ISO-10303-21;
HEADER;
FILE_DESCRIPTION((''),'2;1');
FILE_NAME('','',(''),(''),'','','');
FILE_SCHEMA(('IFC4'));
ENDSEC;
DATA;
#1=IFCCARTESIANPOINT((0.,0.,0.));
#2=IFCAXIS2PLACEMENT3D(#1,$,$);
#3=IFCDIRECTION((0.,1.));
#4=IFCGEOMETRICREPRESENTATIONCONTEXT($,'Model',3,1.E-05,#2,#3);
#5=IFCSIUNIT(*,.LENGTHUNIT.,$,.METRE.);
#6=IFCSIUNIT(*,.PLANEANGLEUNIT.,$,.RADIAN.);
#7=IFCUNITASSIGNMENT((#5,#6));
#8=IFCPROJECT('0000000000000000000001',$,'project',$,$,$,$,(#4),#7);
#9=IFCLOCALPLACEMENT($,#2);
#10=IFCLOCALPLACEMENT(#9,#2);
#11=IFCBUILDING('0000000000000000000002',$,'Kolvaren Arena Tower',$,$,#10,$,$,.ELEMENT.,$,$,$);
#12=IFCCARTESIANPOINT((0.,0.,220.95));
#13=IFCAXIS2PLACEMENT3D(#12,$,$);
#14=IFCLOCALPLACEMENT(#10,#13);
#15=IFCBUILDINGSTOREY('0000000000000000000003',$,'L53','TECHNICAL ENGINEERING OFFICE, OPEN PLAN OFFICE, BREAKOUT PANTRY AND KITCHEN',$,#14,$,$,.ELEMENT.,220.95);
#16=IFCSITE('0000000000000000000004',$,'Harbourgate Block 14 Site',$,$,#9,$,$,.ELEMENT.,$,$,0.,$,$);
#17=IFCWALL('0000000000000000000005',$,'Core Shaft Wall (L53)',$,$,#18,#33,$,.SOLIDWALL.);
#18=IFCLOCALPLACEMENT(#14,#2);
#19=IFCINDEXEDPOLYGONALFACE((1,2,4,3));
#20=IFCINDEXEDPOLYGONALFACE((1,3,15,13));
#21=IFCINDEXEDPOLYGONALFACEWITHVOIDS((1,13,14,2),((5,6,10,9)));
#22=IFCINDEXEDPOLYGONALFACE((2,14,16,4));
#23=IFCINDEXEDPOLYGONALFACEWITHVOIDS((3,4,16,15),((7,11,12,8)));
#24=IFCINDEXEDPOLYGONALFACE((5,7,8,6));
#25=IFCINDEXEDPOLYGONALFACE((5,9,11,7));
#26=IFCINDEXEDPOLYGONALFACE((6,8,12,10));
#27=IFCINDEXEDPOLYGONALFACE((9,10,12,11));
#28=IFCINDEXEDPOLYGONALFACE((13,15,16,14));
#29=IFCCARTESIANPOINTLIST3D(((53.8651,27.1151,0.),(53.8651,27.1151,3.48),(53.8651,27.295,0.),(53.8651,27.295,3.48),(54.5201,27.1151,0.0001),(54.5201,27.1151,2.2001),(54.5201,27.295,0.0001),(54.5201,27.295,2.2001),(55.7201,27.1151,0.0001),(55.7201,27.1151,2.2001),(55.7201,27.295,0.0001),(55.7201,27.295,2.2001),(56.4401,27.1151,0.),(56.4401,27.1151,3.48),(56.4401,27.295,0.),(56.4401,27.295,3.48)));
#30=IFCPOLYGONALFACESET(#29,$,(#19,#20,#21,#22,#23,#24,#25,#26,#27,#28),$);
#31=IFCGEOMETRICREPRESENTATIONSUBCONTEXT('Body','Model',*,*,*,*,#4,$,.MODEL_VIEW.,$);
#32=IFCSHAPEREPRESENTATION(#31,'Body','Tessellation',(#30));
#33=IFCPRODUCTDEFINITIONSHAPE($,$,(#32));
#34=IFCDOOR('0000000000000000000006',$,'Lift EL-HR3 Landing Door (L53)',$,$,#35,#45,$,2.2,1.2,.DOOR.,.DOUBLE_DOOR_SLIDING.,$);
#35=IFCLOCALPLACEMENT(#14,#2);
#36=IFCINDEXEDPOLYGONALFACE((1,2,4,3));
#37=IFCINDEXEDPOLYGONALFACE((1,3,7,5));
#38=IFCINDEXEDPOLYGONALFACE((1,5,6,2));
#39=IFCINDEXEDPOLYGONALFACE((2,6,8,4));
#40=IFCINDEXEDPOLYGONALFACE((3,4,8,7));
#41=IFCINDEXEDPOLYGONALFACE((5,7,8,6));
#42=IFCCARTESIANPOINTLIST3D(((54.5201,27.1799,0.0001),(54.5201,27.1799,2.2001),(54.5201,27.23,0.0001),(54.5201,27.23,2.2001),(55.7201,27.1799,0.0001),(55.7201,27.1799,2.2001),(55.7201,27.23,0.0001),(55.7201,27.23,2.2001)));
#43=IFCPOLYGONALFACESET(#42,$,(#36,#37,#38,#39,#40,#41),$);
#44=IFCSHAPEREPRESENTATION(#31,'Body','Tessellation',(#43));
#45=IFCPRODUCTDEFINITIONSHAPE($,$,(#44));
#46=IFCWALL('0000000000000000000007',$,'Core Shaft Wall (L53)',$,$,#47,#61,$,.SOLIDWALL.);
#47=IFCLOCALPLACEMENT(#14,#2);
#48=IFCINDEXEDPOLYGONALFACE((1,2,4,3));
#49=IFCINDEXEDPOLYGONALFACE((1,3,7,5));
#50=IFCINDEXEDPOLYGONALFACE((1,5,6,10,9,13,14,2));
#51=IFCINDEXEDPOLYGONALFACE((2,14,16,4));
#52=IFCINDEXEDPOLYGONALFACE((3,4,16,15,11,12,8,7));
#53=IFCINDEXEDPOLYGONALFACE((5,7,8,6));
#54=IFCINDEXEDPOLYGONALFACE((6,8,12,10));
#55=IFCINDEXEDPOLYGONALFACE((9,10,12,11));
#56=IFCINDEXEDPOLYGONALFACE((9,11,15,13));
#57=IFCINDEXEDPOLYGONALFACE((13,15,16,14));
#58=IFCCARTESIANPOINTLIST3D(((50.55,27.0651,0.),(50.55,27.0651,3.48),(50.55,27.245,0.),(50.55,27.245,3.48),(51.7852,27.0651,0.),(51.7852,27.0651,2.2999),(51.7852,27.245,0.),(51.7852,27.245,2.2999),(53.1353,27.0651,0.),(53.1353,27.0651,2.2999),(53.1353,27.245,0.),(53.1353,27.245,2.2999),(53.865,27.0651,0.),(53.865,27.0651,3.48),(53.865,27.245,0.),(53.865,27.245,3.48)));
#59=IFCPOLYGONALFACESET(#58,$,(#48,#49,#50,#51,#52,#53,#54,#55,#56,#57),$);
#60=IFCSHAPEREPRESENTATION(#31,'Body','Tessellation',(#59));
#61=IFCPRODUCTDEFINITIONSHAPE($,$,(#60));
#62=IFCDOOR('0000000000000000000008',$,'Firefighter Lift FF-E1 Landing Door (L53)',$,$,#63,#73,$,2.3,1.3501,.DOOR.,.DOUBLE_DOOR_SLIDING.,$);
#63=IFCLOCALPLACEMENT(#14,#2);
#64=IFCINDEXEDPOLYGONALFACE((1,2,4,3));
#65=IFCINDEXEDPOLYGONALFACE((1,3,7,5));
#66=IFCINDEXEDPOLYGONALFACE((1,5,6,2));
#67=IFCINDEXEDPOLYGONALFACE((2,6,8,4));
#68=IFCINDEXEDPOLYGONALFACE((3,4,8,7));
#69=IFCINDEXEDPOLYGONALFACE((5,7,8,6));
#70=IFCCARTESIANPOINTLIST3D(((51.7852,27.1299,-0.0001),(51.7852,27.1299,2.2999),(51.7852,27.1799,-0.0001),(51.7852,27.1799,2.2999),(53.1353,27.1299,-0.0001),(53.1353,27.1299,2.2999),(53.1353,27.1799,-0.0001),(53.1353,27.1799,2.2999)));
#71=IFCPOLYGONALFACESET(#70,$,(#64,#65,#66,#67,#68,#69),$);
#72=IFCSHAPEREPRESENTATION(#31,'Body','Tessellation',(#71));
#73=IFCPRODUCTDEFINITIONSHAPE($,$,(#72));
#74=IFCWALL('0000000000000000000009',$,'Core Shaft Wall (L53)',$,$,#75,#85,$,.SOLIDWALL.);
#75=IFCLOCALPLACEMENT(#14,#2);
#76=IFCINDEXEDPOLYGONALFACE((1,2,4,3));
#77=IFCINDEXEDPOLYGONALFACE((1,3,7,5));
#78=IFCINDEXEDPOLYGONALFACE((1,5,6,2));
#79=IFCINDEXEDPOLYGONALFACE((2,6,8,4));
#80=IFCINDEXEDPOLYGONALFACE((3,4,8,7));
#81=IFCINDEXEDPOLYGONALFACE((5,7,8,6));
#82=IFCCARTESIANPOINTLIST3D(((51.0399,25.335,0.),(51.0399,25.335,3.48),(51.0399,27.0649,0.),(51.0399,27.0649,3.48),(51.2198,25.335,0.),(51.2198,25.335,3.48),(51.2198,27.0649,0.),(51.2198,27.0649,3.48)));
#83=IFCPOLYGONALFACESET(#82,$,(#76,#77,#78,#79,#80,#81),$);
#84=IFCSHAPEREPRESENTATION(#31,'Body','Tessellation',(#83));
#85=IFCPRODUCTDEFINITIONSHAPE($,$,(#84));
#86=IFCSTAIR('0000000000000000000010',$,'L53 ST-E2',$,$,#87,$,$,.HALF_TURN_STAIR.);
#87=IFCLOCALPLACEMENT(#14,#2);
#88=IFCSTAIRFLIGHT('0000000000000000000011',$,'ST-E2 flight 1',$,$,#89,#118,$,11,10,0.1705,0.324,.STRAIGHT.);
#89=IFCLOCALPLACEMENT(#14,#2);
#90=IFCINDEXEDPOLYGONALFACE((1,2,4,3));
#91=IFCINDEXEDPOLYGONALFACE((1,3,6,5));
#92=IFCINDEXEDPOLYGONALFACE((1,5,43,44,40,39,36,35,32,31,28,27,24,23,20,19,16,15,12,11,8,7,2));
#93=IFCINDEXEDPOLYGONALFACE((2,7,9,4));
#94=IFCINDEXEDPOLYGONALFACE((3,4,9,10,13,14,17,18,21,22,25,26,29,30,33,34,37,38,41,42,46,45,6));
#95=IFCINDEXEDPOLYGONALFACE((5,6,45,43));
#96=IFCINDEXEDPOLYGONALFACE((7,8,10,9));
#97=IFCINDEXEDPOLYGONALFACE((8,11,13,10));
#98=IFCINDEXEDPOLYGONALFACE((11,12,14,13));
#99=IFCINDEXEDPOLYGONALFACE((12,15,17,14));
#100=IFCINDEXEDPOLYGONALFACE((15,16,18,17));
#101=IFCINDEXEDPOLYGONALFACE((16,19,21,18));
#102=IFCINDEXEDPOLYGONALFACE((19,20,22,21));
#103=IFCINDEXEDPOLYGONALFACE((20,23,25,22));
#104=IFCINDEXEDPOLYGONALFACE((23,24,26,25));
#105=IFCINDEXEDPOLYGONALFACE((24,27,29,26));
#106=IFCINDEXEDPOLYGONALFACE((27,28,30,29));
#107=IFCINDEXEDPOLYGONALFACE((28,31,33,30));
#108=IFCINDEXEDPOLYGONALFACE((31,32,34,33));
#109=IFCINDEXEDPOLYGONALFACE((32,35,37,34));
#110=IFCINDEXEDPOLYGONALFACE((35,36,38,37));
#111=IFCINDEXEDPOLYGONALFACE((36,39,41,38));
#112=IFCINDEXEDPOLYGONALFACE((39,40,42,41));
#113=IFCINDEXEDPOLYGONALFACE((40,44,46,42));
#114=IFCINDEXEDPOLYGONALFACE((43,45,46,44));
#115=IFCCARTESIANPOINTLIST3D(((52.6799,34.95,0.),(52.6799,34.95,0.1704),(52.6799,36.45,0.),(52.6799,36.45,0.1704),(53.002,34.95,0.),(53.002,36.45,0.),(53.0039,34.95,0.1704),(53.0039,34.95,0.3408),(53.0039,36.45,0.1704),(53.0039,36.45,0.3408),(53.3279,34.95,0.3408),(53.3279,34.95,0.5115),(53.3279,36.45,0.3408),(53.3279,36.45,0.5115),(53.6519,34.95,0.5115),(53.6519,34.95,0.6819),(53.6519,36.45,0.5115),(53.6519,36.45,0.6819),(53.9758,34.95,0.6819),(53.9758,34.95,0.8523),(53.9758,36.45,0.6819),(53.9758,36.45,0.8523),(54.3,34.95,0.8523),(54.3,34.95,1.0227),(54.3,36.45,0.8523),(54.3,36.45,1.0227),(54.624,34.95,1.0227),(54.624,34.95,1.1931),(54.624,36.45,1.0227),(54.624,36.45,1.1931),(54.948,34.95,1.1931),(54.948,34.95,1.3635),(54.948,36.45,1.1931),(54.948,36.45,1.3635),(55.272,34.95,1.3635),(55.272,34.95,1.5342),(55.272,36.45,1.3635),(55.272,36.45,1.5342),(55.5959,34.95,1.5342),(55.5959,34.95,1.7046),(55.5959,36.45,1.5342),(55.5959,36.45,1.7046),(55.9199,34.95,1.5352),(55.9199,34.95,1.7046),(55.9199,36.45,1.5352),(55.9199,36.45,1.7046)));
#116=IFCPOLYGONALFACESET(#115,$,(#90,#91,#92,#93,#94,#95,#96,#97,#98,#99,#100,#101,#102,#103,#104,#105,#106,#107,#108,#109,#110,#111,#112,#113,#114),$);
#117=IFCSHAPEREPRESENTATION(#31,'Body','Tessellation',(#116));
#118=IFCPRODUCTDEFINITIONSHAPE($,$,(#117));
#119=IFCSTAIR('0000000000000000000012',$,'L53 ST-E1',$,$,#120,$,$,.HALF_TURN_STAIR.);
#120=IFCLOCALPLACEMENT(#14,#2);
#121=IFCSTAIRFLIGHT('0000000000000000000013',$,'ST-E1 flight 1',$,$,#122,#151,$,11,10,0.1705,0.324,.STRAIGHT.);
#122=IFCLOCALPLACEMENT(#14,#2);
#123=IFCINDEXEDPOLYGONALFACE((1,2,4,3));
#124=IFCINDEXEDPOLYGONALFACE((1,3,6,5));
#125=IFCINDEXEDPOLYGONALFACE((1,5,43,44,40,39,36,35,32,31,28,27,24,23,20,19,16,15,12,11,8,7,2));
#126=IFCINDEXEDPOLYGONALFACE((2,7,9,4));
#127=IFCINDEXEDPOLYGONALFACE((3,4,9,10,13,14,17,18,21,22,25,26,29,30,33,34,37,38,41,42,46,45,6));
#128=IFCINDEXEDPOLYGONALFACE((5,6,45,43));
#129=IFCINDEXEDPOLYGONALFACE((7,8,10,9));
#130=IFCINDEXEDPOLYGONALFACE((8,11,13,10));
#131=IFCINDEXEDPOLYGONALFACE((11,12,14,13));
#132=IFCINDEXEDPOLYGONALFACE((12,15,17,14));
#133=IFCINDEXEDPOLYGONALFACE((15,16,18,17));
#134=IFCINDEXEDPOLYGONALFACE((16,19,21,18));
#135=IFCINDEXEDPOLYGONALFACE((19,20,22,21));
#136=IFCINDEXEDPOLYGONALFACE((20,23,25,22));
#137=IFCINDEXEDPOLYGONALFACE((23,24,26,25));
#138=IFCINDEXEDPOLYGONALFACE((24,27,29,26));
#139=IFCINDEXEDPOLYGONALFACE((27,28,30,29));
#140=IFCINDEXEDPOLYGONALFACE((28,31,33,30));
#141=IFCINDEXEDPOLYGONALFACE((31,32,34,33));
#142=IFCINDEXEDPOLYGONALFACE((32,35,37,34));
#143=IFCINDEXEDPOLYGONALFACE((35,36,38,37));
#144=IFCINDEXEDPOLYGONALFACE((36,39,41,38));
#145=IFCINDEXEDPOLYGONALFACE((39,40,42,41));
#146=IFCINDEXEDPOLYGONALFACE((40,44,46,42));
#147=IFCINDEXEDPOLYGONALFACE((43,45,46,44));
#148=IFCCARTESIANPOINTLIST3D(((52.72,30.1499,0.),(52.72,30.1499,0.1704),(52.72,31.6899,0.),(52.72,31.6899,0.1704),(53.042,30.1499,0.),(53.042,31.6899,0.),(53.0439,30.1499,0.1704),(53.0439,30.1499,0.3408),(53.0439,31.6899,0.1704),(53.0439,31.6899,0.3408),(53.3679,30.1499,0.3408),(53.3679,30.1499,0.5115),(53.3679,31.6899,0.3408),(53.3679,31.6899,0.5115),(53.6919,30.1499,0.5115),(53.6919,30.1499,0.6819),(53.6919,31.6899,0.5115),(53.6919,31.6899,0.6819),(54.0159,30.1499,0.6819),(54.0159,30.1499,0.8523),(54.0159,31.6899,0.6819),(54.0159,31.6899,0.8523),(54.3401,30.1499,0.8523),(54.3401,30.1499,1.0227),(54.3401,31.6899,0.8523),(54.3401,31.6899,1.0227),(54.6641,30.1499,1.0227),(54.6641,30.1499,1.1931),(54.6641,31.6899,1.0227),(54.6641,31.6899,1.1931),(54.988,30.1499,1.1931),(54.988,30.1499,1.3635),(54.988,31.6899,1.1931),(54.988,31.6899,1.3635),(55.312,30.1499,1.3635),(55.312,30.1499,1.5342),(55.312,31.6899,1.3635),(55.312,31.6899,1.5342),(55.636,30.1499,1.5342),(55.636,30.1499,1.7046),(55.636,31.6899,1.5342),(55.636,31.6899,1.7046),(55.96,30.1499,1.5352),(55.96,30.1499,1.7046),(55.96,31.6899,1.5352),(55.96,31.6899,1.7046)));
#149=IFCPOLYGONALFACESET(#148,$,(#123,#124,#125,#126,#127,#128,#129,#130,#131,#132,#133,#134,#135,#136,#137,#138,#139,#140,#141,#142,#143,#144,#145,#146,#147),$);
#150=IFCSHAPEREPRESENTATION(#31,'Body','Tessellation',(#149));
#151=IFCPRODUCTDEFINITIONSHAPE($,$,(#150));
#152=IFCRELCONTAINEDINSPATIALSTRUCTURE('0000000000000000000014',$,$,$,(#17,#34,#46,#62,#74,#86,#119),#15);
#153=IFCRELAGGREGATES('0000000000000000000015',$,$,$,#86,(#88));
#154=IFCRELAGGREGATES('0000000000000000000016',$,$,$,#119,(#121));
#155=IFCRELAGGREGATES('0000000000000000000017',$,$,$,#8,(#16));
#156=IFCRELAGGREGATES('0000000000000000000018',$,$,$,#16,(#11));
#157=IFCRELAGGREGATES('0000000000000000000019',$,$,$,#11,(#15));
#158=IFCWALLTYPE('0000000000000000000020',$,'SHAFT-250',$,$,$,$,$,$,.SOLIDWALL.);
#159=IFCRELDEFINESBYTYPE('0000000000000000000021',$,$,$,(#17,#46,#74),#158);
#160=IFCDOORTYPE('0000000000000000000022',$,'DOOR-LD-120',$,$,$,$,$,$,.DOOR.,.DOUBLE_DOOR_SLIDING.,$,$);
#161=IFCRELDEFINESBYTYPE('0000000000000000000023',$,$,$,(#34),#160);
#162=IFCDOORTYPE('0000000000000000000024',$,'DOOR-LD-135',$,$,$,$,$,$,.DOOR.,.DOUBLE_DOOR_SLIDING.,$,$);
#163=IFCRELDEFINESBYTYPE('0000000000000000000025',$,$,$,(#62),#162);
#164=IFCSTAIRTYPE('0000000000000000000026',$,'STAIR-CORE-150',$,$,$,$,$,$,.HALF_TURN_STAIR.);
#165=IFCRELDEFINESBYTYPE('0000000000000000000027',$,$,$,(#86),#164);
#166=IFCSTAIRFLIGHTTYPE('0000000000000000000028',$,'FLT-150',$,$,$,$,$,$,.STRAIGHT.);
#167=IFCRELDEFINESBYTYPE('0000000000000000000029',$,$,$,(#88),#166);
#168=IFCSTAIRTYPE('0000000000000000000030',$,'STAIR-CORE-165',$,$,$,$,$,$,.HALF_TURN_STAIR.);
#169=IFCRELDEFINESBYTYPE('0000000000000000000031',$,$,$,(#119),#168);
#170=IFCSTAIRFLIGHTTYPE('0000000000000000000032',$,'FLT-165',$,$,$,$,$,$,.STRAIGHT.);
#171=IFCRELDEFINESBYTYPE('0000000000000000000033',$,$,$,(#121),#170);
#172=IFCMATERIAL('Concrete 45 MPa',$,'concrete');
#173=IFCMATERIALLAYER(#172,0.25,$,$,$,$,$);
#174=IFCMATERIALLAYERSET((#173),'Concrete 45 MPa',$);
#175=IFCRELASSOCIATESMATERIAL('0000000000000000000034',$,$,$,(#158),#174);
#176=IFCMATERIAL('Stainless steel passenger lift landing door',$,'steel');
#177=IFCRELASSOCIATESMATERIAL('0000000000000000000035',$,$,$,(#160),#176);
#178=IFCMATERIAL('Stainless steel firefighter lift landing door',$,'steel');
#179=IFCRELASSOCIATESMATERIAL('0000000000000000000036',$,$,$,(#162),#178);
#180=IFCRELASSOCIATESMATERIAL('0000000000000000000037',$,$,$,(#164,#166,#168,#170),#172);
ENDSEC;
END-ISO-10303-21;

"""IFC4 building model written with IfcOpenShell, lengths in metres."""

from ifc_helpers import new_model, si_unit, direction, frame, frame_2d, origin, place, context, subcontext, project, spatial, polyline, rectangle, outline, extrude, material, layer, layer_set, type_object, element, fill, aggregate, save


model = new_model("IFC4")

# Units and contexts
model_context = context("Model", 3, precision=1e-05, world=origin(), true_north=direction((0.0, 1.0)))
body_context = subcontext(model_context, "Body", "Model", "MODEL_VIEW")
ifc_project = project(units=[si_unit("LENGTHUNIT", "METRE"), si_unit("PLANEANGLEUNIT", "RADIAN")], contexts=[model_context])

# Site, building, storey
site_placement = place(None, origin())
site = spatial("IfcSite", under=ifc_project, at=site_placement, Name="Harbourgate Block 14 Site", CompositionType="ELEMENT", RefElevation=0.0)
building_placement = place(site_placement, origin())
building = spatial("IfcBuilding", under=site, at=building_placement, Name="Kolvaren Arena Tower", CompositionType="ELEMENT")
storey_placement = place(building_placement, frame((0.0, 0.0, 220.95)))
storey = spatial("IfcBuildingStorey", under=building, at=storey_placement, Name="L53", Description="TECHNICAL ENGINEERING OFFICE, OPEN PLAN OFFICE, BREAKOUT PANTRY AND KITCHEN", CompositionType="ELEMENT", Elevation=220.95)

# Shared definitions
ifc_material_1 = material(Name="Concrete 45 MPa", Category="concrete")
ifc_layer = layer(ifc_material_1, 0.25)
ifc_layer_set = layer_set([ifc_layer], Name="Concrete 45 MPa")
wall_type = type_object("IfcWallType", Name="SHAFT-250", PredefinedType="SOLIDWALL", material=ifc_layer_set)

# Walls, openings, doors
wall_1_placement = place(storey_placement, frame((53.865, 27.2051, 0.0), z_axis=(0.0, 0.0, 1.0), x_axis=(1.0, 0.0, 0.0)))
wall_1 = element("IfcWall", 1, at=wall_1_placement, inside=storey, type_object=wall_type, Name="Core Shaft Wall (L53)", PredefinedType="SOLIDWALL", context=body_context, shape_type="SweptSolid", body=[
    extrude(rectangle(XDim=2.575, YDim=0.1799, at=frame_2d((1.2876, 0.0))), origin(), (0.0, 0.0, 1.0), 3.48),
])
opening_1_placement = place(wall_1_placement, frame((0.655, 0.0, 0.0)))
opening_1 = element("IfcOpeningElement", 2, at=opening_1_placement, cuts=wall_1, PredefinedType="OPENING", context=body_context, shape_type="SweptSolid", body=[
    extrude(rectangle(XDim=1.2, YDim=2.2, at=frame_2d((0.6001, 1.1001))), frame((0.0, 0.0999, 0.0), z_axis=(0.0, -1.0, 0.0), x_axis=(1.0, 0.0, 0.0)), (0.0, 0.0, 1.0), 0.2),
])
ifc_material_2 = material(Name="Stainless steel passenger lift landing door", Category="steel")
door_type_1 = type_object("IfcDoorType", Name="DOOR-LD-120", OperationType="DOUBLE_DOOR_SLIDING", PredefinedType="DOOR", material=ifc_material_2)
door_1_placement = place(opening_1_placement, origin())
door_1 = element("IfcDoor", 3, at=door_1_placement, inside=storey, type_object=door_type_1, Name="Lift EL-HR3 Landing Door (L53)", OperationType="DOUBLE_DOOR_SLIDING", OverallHeight=2.2, OverallWidth=1.2, PredefinedType="DOOR", context=body_context, shape_type="SweptSolid", body=[
    extrude(rectangle(XDim=1.2, YDim=2.2, at=frame_2d((0.6001, 1.1001))), frame((0.0, 0.0249, 0.0), z_axis=(0.0, -1.0, 0.0), x_axis=(1.0, 0.0, 0.0)), (0.0, 0.0, 1.0), 0.05),
])
fill(opening_1, door_1)
wall_2_placement = place(storey_placement, frame((50.55, 27.155, 0.0), z_axis=(0.0, 0.0, 1.0), x_axis=(1.0, 0.0, 0.0)))
wall_2 = element("IfcWall", 4, at=wall_2_placement, inside=storey, type_object=wall_type, Name="Core Shaft Wall (L53)", PredefinedType="SOLIDWALL", context=body_context, shape_type="SweptSolid", body=[
    extrude(rectangle(XDim=3.3149, YDim=0.1799, at=frame_2d((1.6575, 0.0))), origin(), (0.0, 0.0, 1.0), 3.48),
])
opening_2_placement = place(wall_2_placement, frame((1.2351, 0.0, 0.0)))
opening_2 = element("IfcOpeningElement", 5, at=opening_2_placement, cuts=wall_2, PredefinedType="OPENING", context=body_context, shape_type="SweptSolid", body=[
    extrude(rectangle(XDim=1.3501, YDim=2.3, at=frame_2d((0.675, 1.1499))), frame((0.0, 0.0999, 0.0), z_axis=(0.0, -1.0, 0.0), x_axis=(1.0, 0.0, 0.0)), (0.0, 0.0, 1.0), 0.2),
])
ifc_material_3 = material(Name="Stainless steel firefighter lift landing door", Category="steel")
door_type_2 = type_object("IfcDoorType", Name="DOOR-LD-135", OperationType="DOUBLE_DOOR_SLIDING", PredefinedType="DOOR", material=ifc_material_3)
door_2_placement = place(opening_2_placement, origin())
door_2 = element("IfcDoor", 6, at=door_2_placement, inside=storey, type_object=door_type_2, Name="Firefighter Lift FF-E1 Landing Door (L53)", OperationType="DOUBLE_DOOR_SLIDING", OverallHeight=2.3, OverallWidth=1.3501, PredefinedType="DOOR", context=body_context, shape_type="SweptSolid", body=[
    extrude(rectangle(XDim=1.3501, YDim=2.3, at=frame_2d((0.675, 1.1499))), frame((0.0, 0.0249, 0.0), z_axis=(0.0, -1.0, 0.0), x_axis=(1.0, 0.0, 0.0)), (0.0, 0.0, 1.0), 0.05),
])
fill(opening_2, door_2)

# Wall
wall_3_placement = place(storey_placement, frame((51.1299, 25.335, 0.0), z_axis=(0.0, 0.0, 1.0), x_axis=(0.0, 1.0, 0.0)))
element("IfcWall", 7, at=wall_3_placement, inside=storey, type_object=wall_type, Name="Core Shaft Wall (L53)", PredefinedType="SOLIDWALL", context=body_context, shape_type="SweptSolid", body=[
    extrude(rectangle(XDim=1.73, YDim=0.1799, at=frame_2d((0.865, 0.0))), origin(), (0.0, 0.0, 1.0), 3.48),
])

# Stairs, stair flights
stair_type_1 = type_object("IfcStairType", Name="STAIR-CORE-150", PredefinedType="HALF_TURN_STAIR", material=ifc_material_1)
stair_1_placement = place(storey_placement, origin())
stair_1 = element("IfcStair", 8, at=stair_1_placement, inside=storey, type_object=stair_type_1, Name="L53 ST-E2", PredefinedType="HALF_TURN_STAIR")
stair_flight_type_1 = type_object("IfcStairFlightType", Name="FLT-150", PredefinedType="STRAIGHT", material=ifc_material_1)
stair_flight_1_placement = place(storey_placement, frame((52.6799, 35.7, 0.0), z_axis=(0.0, 0.0, 1.0), x_axis=(1.0, 0.0, 0.0)))
stair_flight_1 = element("IfcStairFlight", 9, at=stair_flight_1_placement, type_object=stair_flight_type_1, Name="ST-E2 flight 1", NumberOfRisers=11, NumberOfTreads=10, PredefinedType="STRAIGHT", RiserHeight=0.1705, TreadLength=0.324, context=body_context, shape_type="SweptSolid", body=[
    extrude(outline(polyline([(0.0, 0.0), (0.0, 0.1704), (0.324, 0.1704), (0.324, 0.3408), (0.6479, 0.3408), (0.6479, 0.5115), (0.9719, 0.5115), (0.9719, 0.6819), (1.2959, 0.6819), (1.2959, 0.8523), (1.6201, 0.8523), (1.6201, 1.0227), (1.9441, 1.0227), (1.9441, 1.1931), (2.2681, 1.1931), (2.2681, 1.3635), (2.592, 1.3635), (2.592, 1.5342), (2.916, 1.5342), (2.916, 1.7046), (3.24, 1.7046), (3.24, 1.875), (3.24, 1.5352), (0.322, 0.0), (0.0, 0.0)])), frame((0.0, 0.75, 0.0), z_axis=(0.0, -1.0, 0.0), x_axis=(1.0, 0.0, 0.0)), (0.0, 0.0, 1.0), 1.5),
])
aggregate(stair_1, [stair_flight_1])
stair_type_2 = type_object("IfcStairType", Name="STAIR-CORE-165", PredefinedType="HALF_TURN_STAIR", material=ifc_material_1)
stair_2_placement = place(storey_placement, origin())
stair_2 = element("IfcStair", 10, at=stair_2_placement, inside=storey, type_object=stair_type_2, Name="L53 ST-E1", PredefinedType="HALF_TURN_STAIR")
stair_flight_type_2 = type_object("IfcStairFlightType", Name="FLT-165", PredefinedType="STRAIGHT", material=ifc_material_1)
stair_flight_2_placement = place(storey_placement, frame((52.72, 30.9199, 0.0), z_axis=(0.0, 0.0, 1.0), x_axis=(1.0, 0.0, 0.0)))
stair_flight_2 = element("IfcStairFlight", 11, at=stair_flight_2_placement, type_object=stair_flight_type_2, Name="ST-E1 flight 1", NumberOfRisers=11, NumberOfTreads=10, PredefinedType="STRAIGHT", RiserHeight=0.1705, TreadLength=0.324, context=body_context, shape_type="SweptSolid", body=[
    extrude(outline(polyline([(0.0, 0.0), (0.0, 0.1704), (0.324, 0.1704), (0.324, 0.3408), (0.6479, 0.3408), (0.6479, 0.5115), (0.9719, 0.5115), (0.9719, 0.6819), (1.2959, 0.6819), (1.2959, 0.8523), (1.6201, 0.8523), (1.6201, 1.0227), (1.9441, 1.0227), (1.9441, 1.1931), (2.2681, 1.1931), (2.2681, 1.3635), (2.592, 1.3635), (2.592, 1.5342), (2.916, 1.5342), (2.916, 1.7046), (3.24, 1.7046), (3.24, 1.875), (3.24, 1.5352), (0.322, 0.0), (0.0, 0.0)])), frame((0.0, 0.77, 0.0), z_axis=(0.0, -1.0, 0.0), x_axis=(1.0, 0.0, 0.0)), (0.0, 0.0, 1.0), 1.54),
])
aggregate(stair_2, [stair_flight_2])

save(model, "model.ifc")
